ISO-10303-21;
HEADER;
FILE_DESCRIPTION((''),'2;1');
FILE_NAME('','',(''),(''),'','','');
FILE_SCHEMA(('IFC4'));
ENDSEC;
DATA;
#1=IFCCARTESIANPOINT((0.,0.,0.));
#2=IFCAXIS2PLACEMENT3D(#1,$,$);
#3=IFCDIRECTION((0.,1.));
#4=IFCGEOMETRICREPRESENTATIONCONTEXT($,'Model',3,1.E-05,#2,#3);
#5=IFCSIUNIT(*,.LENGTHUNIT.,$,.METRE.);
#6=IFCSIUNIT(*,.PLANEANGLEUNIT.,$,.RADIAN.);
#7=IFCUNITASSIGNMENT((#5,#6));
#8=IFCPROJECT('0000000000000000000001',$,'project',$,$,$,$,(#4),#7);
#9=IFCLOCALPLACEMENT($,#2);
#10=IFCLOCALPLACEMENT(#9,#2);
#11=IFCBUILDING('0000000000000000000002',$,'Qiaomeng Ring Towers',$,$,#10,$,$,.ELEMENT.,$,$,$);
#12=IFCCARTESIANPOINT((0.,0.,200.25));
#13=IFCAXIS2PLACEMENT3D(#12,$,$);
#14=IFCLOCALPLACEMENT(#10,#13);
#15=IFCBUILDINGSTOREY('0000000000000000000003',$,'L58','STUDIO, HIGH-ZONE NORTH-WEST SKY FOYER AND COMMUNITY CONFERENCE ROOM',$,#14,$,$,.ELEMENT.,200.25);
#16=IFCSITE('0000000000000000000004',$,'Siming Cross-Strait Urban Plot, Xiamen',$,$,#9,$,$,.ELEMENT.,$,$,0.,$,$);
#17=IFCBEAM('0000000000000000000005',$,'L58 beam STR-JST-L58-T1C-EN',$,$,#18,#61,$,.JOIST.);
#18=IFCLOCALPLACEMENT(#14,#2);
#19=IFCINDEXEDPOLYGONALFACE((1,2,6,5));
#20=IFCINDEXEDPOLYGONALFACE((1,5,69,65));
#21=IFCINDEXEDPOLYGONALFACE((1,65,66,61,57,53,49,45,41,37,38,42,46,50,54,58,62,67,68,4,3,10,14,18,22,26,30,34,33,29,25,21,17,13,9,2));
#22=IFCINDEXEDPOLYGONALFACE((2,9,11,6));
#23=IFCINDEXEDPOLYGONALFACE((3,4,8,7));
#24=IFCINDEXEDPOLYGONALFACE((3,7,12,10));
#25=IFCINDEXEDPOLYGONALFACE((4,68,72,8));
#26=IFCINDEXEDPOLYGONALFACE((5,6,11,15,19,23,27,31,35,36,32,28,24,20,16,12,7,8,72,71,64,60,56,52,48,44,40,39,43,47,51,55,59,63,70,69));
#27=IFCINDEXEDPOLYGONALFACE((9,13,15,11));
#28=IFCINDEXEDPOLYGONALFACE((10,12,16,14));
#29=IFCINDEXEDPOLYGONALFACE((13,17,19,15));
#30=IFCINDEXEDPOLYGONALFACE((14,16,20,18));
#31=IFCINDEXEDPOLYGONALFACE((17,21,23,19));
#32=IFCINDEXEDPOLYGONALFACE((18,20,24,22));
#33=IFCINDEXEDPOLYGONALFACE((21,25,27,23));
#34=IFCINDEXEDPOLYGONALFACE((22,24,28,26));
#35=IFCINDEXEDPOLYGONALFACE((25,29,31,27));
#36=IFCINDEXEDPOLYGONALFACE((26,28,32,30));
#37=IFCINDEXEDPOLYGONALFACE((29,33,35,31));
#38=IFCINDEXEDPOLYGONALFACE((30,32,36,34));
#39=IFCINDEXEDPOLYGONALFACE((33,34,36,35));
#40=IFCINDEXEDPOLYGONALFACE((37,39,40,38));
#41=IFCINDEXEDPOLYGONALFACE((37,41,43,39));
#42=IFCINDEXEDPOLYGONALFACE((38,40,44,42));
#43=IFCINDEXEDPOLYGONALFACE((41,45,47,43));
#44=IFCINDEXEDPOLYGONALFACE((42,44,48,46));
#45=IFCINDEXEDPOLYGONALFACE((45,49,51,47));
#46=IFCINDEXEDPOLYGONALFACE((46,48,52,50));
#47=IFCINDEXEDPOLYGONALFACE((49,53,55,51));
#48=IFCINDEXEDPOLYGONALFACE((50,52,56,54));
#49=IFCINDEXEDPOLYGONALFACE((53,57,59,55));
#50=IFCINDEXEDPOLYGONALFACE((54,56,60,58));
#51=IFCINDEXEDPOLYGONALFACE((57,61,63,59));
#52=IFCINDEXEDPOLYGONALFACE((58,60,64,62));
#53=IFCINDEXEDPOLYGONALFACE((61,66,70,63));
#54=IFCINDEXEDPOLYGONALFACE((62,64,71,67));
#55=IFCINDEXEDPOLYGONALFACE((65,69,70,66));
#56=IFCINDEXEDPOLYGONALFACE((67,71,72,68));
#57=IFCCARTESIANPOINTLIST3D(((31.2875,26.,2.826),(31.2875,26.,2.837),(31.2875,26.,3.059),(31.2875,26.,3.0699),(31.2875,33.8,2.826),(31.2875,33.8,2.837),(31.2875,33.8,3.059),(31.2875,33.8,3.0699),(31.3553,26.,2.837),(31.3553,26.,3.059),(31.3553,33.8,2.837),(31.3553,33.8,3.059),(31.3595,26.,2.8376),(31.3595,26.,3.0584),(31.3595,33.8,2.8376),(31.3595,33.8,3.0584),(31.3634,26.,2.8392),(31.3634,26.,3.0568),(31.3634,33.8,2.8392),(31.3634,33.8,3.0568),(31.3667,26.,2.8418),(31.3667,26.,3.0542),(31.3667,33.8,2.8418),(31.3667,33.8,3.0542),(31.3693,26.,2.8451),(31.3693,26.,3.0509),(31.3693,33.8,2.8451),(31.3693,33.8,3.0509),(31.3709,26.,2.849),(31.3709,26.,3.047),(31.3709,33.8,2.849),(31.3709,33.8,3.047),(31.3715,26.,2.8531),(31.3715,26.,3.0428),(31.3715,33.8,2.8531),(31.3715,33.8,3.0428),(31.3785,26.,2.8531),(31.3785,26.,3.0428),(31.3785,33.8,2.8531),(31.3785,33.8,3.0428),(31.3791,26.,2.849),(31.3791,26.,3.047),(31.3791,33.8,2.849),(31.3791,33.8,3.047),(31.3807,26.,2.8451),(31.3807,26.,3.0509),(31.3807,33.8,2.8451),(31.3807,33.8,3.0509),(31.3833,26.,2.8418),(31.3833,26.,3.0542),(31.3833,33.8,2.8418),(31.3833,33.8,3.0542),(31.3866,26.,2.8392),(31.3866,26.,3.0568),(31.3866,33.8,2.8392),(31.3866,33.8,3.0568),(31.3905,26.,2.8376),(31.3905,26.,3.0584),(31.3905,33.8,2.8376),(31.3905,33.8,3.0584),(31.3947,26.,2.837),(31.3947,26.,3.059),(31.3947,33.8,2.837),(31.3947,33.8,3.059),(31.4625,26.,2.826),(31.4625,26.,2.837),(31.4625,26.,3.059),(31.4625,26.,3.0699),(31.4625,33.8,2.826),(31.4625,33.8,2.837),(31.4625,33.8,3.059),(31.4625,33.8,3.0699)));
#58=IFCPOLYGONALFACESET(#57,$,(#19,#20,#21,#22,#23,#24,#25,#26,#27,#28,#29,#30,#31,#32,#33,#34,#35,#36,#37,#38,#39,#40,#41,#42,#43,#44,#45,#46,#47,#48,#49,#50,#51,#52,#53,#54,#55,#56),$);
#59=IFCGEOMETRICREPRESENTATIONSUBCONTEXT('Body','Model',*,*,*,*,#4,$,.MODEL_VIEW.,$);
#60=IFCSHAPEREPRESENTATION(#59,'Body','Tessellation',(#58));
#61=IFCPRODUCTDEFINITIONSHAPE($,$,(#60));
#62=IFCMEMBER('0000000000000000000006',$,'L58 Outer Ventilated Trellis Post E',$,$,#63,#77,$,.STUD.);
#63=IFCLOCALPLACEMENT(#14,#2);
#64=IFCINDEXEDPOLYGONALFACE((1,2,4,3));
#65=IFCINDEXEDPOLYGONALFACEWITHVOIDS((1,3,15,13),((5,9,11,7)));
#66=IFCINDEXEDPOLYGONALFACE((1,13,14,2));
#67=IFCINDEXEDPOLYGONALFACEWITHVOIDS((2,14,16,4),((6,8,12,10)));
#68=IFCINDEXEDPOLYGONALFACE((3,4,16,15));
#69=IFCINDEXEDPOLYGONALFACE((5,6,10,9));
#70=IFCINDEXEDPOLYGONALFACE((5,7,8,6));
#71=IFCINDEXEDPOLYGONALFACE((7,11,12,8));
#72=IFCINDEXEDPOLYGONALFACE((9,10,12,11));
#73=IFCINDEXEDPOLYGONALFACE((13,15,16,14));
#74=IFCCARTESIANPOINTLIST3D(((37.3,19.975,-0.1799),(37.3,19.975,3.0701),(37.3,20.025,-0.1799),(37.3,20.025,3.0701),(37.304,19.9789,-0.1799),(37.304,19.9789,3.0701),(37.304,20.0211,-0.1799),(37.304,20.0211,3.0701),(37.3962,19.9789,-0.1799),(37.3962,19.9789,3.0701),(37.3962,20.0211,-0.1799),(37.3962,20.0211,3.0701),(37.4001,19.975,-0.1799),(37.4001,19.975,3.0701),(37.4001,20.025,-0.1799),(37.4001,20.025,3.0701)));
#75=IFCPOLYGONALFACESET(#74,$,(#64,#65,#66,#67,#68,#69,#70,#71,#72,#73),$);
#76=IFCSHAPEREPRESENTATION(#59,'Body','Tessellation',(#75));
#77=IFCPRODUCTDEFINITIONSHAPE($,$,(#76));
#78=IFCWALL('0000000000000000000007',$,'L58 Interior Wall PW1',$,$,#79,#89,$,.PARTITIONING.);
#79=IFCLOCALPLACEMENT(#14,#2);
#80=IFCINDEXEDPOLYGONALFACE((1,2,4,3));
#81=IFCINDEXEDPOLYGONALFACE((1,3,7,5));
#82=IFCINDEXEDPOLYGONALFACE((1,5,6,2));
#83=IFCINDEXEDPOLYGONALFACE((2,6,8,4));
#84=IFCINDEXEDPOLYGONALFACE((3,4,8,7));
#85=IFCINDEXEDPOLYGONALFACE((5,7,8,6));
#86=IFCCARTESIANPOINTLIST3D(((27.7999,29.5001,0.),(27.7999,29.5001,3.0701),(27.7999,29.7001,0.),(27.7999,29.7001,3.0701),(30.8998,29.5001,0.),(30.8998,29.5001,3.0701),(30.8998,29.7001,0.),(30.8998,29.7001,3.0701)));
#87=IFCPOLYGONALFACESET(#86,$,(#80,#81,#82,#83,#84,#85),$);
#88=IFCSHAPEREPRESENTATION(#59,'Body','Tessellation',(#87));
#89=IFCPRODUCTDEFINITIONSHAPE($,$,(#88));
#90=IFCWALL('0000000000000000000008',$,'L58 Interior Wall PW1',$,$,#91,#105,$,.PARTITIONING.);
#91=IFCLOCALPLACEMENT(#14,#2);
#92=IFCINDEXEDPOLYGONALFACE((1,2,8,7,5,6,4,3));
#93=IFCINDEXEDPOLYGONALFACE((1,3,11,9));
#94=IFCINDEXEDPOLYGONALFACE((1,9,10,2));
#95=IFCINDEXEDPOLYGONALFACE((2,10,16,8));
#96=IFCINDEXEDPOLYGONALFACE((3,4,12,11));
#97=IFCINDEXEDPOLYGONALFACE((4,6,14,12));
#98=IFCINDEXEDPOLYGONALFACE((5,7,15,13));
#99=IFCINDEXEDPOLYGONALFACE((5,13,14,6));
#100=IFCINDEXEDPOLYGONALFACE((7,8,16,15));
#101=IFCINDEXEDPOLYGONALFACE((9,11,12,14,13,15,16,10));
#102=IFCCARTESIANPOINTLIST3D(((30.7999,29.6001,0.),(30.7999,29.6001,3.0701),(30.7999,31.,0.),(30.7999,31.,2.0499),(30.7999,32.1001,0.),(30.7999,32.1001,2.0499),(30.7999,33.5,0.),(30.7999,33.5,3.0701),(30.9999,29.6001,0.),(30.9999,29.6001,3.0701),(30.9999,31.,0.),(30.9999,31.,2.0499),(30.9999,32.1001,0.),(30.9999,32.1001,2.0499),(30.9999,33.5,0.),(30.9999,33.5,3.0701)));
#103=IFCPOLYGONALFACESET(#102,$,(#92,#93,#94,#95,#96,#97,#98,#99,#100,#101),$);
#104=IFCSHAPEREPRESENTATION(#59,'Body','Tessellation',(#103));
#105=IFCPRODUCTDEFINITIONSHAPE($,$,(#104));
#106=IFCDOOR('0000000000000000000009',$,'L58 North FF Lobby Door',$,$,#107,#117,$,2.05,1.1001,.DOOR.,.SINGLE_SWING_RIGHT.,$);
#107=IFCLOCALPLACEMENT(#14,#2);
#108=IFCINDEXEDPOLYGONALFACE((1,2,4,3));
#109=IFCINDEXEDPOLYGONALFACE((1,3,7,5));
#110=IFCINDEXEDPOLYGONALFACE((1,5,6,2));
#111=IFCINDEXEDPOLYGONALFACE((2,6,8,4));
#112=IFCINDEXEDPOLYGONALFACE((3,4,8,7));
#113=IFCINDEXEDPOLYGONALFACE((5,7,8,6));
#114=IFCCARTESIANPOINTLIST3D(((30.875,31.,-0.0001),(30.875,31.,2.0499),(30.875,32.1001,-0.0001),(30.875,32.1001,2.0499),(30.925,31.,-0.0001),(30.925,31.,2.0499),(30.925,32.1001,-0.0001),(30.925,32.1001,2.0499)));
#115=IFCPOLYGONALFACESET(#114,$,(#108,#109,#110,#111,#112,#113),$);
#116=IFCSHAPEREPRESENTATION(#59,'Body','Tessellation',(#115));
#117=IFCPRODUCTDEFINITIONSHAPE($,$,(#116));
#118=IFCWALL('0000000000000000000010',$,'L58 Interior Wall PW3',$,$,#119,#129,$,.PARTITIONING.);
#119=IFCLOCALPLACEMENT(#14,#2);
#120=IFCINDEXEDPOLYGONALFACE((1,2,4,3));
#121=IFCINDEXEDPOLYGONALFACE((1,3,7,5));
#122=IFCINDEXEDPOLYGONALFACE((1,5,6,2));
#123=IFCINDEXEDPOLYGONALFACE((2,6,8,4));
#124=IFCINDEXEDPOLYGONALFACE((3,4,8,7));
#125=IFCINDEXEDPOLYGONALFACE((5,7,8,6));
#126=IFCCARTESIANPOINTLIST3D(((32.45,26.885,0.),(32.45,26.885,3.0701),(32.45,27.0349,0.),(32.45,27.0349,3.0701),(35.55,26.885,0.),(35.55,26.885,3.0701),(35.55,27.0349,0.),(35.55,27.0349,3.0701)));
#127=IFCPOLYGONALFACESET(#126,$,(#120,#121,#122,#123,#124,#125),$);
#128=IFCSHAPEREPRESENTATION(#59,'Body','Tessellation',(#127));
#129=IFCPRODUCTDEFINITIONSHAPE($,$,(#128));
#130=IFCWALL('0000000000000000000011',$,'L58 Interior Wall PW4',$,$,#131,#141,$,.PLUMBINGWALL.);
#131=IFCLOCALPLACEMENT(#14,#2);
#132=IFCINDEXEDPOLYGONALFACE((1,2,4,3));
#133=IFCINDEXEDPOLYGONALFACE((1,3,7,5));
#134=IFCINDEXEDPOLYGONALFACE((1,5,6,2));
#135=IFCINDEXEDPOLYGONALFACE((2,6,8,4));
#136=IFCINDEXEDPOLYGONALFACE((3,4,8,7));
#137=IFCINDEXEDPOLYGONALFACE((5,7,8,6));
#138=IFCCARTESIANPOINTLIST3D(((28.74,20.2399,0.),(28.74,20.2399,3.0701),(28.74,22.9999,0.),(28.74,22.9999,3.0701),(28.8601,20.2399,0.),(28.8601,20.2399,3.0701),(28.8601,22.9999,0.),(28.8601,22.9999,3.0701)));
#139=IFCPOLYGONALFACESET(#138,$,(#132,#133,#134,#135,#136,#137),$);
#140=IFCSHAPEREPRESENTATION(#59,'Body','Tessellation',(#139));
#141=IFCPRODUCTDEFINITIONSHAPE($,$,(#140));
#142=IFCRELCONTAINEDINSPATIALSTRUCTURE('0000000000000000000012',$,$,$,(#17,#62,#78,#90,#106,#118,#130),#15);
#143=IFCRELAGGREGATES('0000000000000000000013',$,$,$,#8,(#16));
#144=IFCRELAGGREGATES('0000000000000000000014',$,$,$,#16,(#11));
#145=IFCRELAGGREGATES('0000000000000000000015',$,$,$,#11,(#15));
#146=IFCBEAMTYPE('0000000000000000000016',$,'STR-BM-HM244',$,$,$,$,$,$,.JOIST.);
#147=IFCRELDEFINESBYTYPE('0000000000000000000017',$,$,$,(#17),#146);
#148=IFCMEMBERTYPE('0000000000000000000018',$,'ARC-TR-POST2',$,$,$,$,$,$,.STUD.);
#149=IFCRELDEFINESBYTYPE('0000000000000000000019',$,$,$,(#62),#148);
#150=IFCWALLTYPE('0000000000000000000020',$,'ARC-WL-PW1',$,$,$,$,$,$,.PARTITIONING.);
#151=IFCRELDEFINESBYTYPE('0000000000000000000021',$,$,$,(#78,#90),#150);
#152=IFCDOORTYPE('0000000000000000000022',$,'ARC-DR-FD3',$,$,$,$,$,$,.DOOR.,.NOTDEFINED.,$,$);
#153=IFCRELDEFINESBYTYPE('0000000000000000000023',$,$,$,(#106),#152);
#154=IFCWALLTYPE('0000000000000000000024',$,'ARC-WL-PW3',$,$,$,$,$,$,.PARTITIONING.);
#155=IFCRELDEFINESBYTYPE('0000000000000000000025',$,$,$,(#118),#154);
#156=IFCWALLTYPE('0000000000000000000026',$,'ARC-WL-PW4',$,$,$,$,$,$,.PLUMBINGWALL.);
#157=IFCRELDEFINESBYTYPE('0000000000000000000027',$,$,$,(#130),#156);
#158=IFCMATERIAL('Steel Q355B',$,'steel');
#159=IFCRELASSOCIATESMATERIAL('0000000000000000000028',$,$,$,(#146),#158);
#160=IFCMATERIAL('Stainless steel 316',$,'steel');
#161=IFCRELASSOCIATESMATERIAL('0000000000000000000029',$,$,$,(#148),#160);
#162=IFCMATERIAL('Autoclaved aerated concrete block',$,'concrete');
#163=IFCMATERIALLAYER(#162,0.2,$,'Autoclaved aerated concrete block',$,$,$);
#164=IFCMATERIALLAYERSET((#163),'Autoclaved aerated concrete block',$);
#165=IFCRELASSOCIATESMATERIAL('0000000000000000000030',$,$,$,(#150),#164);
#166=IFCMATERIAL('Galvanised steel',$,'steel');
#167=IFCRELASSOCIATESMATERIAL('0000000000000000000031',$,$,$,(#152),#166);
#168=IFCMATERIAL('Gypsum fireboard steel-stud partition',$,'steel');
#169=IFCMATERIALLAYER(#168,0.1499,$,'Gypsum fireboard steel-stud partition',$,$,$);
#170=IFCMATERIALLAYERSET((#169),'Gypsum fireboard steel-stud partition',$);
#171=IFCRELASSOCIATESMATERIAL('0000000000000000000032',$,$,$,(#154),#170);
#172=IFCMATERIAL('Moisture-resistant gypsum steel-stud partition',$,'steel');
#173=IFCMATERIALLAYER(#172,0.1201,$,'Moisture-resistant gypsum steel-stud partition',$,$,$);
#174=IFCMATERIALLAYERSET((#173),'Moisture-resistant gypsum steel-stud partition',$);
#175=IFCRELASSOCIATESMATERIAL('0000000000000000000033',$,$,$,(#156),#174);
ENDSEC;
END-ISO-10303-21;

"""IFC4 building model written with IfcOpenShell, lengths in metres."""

from ifc_helpers import new_model, si_unit, direction, frame, frame_2d, origin, origin_2d, place, context, subcontext, project, spatial, rectangle, hollow_rectangle, i_section, extrude, source, transform, mapped, material, layer, layer_set, material_profile, profile_set, type_object, element, fill, save


model = new_model("IFC4")

# Units and contexts
model_context = context("Model", 3, precision=1e-05, world=origin(), true_north=direction((0.0, 1.0)))
body_context = subcontext(model_context, "Body", "Model", "MODEL_VIEW")
ifc_project = project(units=[si_unit("LENGTHUNIT", "METRE"), si_unit("PLANEANGLEUNIT", "RADIAN")], contexts=[model_context])

# Site, building, storey
site_placement = place(None, origin())
site = spatial("IfcSite", under=ifc_project, at=site_placement, Name="Siming Cross-Strait Urban Plot, Xiamen", CompositionType="ELEMENT", RefElevation=0.0)
building_placement = place(site_placement, origin())
building = spatial("IfcBuilding", under=site, at=building_placement, Name="Qiaomeng Ring Towers", CompositionType="ELEMENT")
storey_placement = place(building_placement, frame((0.0, 0.0, 200.25)))
storey = spatial("IfcBuildingStorey", under=building, at=storey_placement, Name="L58", Description="STUDIO, HIGH-ZONE NORTH-WEST SKY FOYER AND COMMUNITY CONFERENCE ROOM", CompositionType="ELEMENT", Elevation=200.25)

# Beam
ifc_material_1 = material(Name="Steel Q355B", Category="steel")
ifc_material_profile_1 = material_profile(ifc_material_1, i_section(OverallWidth=0.175, OverallDepth=0.2439, WebThickness=0.0071, FlangeThickness=0.011, FilletRadius=0.0161, at=origin_2d()), Name="HM 244x175x7x11")
ifc_profile_set_1 = profile_set([ifc_material_profile_1], Name="Steel Q355B")
beam_type_1 = type_object("IfcBeamType", Name="STR-BM-HM244", PredefinedType="JOIST", material=ifc_profile_set_1)
shared_shape_1 = source(origin(), body_context, "Body", "SweptSolid", [
    extrude(i_section(OverallWidth=0.175, OverallDepth=0.2439, WebThickness=0.0071, FlangeThickness=0.011, FilletRadius=0.0161, at=origin_2d()), origin(), (0.0, 0.0, 1.0), 7.8),
])
beam_1_placement = place(storey_placement, frame((31.375, 26.0, 2.948), z_axis=(0.0, 1.0, 0.0), x_axis=(-1.0, 0.0, 0.0)))
element("IfcBeam", 1, at=beam_1_placement, inside=storey, type_object=beam_type_1, Name="L58 beam STR-JST-L58-T1C-EN", PredefinedType="JOIST", context=body_context, shape_type="MappedRepresentation", body=[
    mapped(shared_shape_1, transform((0.0, 0.0, 0.0), x_axis=(1.0, 0.0, 0.0), y_axis=(0.0, 1.0, 0.0), z_axis=(0.0, 0.0, 1.0), scale=1.0)),
])

# Member
ifc_material_2 = material(Name="Stainless steel 316", Category="steel")
ifc_material_profile_2 = material_profile(ifc_material_2, hollow_rectangle(XDim=0.05, YDim=0.1001, WallThickness=0.0039, at=origin_2d()), Name="SS TRELLIS 100x50")
ifc_profile_set_2 = profile_set([ifc_material_profile_2], Name="Stainless steel 316")
member_type = type_object("IfcMemberType", Name="ARC-TR-POST2", PredefinedType="STUD", material=ifc_profile_set_2)
shared_shape_2 = source(origin(), body_context, "Body", "SweptSolid", [
    extrude(hollow_rectangle(XDim=0.05, YDim=0.1001, WallThickness=0.0039, at=origin_2d()), origin(), (0.0, 0.0, 1.0), 3.25),
])
member_placement = place(storey_placement, frame((37.3501, 20.0, -0.1799), z_axis=(0.0, 0.0, 1.0), x_axis=(0.0, 1.0, 0.0)))
element("IfcMember", 2, at=member_placement, inside=storey, type_object=member_type, Name="L58 Outer Ventilated Trellis Post E", PredefinedType="STUD", context=body_context, shape_type="MappedRepresentation", body=[
    mapped(shared_shape_2, transform((0.0, 0.0, 0.0), x_axis=(1.0, 0.0, 0.0), y_axis=(0.0, 1.0, 0.0), z_axis=(0.0, 0.0, 1.0), scale=1.0)),
])

# Wall
ifc_material_3 = material(Name="Autoclaved aerated concrete block", Category="concrete")
ifc_layer_1 = layer(ifc_material_3, 0.2, Name="Autoclaved aerated concrete block")
ifc_layer_set_1 = layer_set([ifc_layer_1], Name="Autoclaved aerated concrete block")
wall_type_1 = type_object("IfcWallType", Name="ARC-WL-PW1", PredefinedType="PARTITIONING", material=ifc_layer_set_1)
wall_1_placement = place(storey_placement, frame((27.8, 29.6001, 0.0), z_axis=(0.0, 0.0, 1.0), x_axis=(1.0, 0.0, 0.0)))
element("IfcWall", 3, at=wall_1_placement, inside=storey, type_object=wall_type_1, Name="L58 Interior Wall PW1", PredefinedType="PARTITIONING", context=body_context, shape_type="SweptSolid", body=[
    extrude(rectangle(XDim=3.0999, YDim=0.2, at=frame_2d((1.5498, 0.0))), origin(), (0.0, 0.0, 1.0), 3.0701),
])

# Wall, opening, door
wall_2_placement = place(storey_placement, frame((30.8999, 29.6001, 0.0), z_axis=(0.0, 0.0, 1.0), x_axis=(0.0, 1.0, 0.0)))
wall_2 = element("IfcWall", 4, at=wall_2_placement, inside=storey, type_object=wall_type_1, Name="L58 Interior Wall PW1", PredefinedType="PARTITIONING", context=body_context, shape_type="SweptSolid", body=[
    extrude(rectangle(XDim=3.8999, YDim=0.2, at=frame_2d((1.95, 0.0))), origin(), (0.0, 0.0, 1.0), 3.0701),
])
opening_1_placement = place(wall_2_placement, frame((1.3999, 0.0, 0.0)))
opening_1 = element("IfcOpeningElement", 5, at=opening_1_placement, cuts=wall_2, PredefinedType="OPENING", context=body_context, shape_type="SweptSolid", body=[
    extrude(rectangle(XDim=1.1001, YDim=2.05, at=frame_2d((0.55, 1.0249))), frame((0.0, 0.1099, 0.0), z_axis=(0.0, -1.0, 0.0), x_axis=(1.0, 0.0, 0.0)), (0.0, 0.0, 1.0), 0.22),
])
ifc_material_4 = material(Name="Galvanised steel", Category="steel")
door_type_1 = type_object("IfcDoorType", Name="ARC-DR-FD3", OperationType="NOTDEFINED", PredefinedType="DOOR", material=ifc_material_4)
shared_shape_3 = source(origin(), body_context, "Body", "SweptSolid", [
    extrude(rectangle(XDim=1.1001, YDim=2.05, at=frame_2d((0.55, 1.0249))), frame((0.0, 0.0249, 0.0), z_axis=(0.0, -1.0, 0.0), x_axis=(1.0, 0.0, 0.0)), (0.0, 0.0, 1.0), 0.05),
])
door_1_placement = place(opening_1_placement, origin())
door_1 = element("IfcDoor", 6, at=door_1_placement, inside=storey, type_object=door_type_1, Name="L58 North FF Lobby Door", OperationType="SINGLE_SWING_RIGHT", OverallHeight=2.05, OverallWidth=1.1001, PredefinedType="DOOR", context=body_context, shape_type="MappedRepresentation", body=[
    mapped(shared_shape_3, transform((0.0, 0.0, 0.0), x_axis=(1.0, 0.0, 0.0), y_axis=(0.0, 1.0, 0.0), z_axis=(0.0, 0.0, 1.0), scale=1.0)),
])
fill(opening_1, door_1)

# Walls
ifc_material_5 = material(Name="Gypsum fireboard steel-stud partition", Category="steel")
ifc_layer_2 = layer(ifc_material_5, 0.1499, Name="Gypsum fireboard steel-stud partition")
ifc_layer_set_2 = layer_set([ifc_layer_2], Name="Gypsum fireboard steel-stud partition")
wall_type_2 = type_object("IfcWallType", Name="ARC-WL-PW3", PredefinedType="PARTITIONING", material=ifc_layer_set_2)
wall_3_placement = place(storey_placement, frame((32.45, 26.96, 0.0), z_axis=(0.0, 0.0, 1.0), x_axis=(1.0, 0.0, 0.0)))
element("IfcWall", 7, at=wall_3_placement, inside=storey, type_object=wall_type_2, Name="L58 Interior Wall PW3", PredefinedType="PARTITIONING", context=body_context, shape_type="SweptSolid", body=[
    extrude(rectangle(XDim=3.1001, YDim=0.1499, at=frame_2d((1.55, 0.0))), origin(), (0.0, 0.0, 1.0), 3.0701),
])
ifc_material_6 = material(Name="Moisture-resistant gypsum steel-stud partition", Category="steel")
ifc_layer_3 = layer(ifc_material_6, 0.1201, Name="Moisture-resistant gypsum steel-stud partition")
ifc_layer_set_3 = layer_set([ifc_layer_3], Name="Moisture-resistant gypsum steel-stud partition")
wall_type_3 = type_object("IfcWallType", Name="ARC-WL-PW4", PredefinedType="PLUMBINGWALL", material=ifc_layer_set_3)
wall_4_placement = place(storey_placement, frame((28.8, 20.24, 0.0), z_axis=(0.0, 0.0, 1.0), x_axis=(0.0, 1.0, 0.0)))
element("IfcWall", 8, at=wall_4_placement, inside=storey, type_object=wall_type_3, Name="L58 Interior Wall PW4", PredefinedType="PLUMBINGWALL", context=body_context, shape_type="SweptSolid", body=[
    extrude(rectangle(XDim=2.76, YDim=0.1201, at=frame_2d((1.3799, 0.0))), origin(), (0.0, 0.0, 1.0), 3.0701),
])

save(model, "model.ifc")
